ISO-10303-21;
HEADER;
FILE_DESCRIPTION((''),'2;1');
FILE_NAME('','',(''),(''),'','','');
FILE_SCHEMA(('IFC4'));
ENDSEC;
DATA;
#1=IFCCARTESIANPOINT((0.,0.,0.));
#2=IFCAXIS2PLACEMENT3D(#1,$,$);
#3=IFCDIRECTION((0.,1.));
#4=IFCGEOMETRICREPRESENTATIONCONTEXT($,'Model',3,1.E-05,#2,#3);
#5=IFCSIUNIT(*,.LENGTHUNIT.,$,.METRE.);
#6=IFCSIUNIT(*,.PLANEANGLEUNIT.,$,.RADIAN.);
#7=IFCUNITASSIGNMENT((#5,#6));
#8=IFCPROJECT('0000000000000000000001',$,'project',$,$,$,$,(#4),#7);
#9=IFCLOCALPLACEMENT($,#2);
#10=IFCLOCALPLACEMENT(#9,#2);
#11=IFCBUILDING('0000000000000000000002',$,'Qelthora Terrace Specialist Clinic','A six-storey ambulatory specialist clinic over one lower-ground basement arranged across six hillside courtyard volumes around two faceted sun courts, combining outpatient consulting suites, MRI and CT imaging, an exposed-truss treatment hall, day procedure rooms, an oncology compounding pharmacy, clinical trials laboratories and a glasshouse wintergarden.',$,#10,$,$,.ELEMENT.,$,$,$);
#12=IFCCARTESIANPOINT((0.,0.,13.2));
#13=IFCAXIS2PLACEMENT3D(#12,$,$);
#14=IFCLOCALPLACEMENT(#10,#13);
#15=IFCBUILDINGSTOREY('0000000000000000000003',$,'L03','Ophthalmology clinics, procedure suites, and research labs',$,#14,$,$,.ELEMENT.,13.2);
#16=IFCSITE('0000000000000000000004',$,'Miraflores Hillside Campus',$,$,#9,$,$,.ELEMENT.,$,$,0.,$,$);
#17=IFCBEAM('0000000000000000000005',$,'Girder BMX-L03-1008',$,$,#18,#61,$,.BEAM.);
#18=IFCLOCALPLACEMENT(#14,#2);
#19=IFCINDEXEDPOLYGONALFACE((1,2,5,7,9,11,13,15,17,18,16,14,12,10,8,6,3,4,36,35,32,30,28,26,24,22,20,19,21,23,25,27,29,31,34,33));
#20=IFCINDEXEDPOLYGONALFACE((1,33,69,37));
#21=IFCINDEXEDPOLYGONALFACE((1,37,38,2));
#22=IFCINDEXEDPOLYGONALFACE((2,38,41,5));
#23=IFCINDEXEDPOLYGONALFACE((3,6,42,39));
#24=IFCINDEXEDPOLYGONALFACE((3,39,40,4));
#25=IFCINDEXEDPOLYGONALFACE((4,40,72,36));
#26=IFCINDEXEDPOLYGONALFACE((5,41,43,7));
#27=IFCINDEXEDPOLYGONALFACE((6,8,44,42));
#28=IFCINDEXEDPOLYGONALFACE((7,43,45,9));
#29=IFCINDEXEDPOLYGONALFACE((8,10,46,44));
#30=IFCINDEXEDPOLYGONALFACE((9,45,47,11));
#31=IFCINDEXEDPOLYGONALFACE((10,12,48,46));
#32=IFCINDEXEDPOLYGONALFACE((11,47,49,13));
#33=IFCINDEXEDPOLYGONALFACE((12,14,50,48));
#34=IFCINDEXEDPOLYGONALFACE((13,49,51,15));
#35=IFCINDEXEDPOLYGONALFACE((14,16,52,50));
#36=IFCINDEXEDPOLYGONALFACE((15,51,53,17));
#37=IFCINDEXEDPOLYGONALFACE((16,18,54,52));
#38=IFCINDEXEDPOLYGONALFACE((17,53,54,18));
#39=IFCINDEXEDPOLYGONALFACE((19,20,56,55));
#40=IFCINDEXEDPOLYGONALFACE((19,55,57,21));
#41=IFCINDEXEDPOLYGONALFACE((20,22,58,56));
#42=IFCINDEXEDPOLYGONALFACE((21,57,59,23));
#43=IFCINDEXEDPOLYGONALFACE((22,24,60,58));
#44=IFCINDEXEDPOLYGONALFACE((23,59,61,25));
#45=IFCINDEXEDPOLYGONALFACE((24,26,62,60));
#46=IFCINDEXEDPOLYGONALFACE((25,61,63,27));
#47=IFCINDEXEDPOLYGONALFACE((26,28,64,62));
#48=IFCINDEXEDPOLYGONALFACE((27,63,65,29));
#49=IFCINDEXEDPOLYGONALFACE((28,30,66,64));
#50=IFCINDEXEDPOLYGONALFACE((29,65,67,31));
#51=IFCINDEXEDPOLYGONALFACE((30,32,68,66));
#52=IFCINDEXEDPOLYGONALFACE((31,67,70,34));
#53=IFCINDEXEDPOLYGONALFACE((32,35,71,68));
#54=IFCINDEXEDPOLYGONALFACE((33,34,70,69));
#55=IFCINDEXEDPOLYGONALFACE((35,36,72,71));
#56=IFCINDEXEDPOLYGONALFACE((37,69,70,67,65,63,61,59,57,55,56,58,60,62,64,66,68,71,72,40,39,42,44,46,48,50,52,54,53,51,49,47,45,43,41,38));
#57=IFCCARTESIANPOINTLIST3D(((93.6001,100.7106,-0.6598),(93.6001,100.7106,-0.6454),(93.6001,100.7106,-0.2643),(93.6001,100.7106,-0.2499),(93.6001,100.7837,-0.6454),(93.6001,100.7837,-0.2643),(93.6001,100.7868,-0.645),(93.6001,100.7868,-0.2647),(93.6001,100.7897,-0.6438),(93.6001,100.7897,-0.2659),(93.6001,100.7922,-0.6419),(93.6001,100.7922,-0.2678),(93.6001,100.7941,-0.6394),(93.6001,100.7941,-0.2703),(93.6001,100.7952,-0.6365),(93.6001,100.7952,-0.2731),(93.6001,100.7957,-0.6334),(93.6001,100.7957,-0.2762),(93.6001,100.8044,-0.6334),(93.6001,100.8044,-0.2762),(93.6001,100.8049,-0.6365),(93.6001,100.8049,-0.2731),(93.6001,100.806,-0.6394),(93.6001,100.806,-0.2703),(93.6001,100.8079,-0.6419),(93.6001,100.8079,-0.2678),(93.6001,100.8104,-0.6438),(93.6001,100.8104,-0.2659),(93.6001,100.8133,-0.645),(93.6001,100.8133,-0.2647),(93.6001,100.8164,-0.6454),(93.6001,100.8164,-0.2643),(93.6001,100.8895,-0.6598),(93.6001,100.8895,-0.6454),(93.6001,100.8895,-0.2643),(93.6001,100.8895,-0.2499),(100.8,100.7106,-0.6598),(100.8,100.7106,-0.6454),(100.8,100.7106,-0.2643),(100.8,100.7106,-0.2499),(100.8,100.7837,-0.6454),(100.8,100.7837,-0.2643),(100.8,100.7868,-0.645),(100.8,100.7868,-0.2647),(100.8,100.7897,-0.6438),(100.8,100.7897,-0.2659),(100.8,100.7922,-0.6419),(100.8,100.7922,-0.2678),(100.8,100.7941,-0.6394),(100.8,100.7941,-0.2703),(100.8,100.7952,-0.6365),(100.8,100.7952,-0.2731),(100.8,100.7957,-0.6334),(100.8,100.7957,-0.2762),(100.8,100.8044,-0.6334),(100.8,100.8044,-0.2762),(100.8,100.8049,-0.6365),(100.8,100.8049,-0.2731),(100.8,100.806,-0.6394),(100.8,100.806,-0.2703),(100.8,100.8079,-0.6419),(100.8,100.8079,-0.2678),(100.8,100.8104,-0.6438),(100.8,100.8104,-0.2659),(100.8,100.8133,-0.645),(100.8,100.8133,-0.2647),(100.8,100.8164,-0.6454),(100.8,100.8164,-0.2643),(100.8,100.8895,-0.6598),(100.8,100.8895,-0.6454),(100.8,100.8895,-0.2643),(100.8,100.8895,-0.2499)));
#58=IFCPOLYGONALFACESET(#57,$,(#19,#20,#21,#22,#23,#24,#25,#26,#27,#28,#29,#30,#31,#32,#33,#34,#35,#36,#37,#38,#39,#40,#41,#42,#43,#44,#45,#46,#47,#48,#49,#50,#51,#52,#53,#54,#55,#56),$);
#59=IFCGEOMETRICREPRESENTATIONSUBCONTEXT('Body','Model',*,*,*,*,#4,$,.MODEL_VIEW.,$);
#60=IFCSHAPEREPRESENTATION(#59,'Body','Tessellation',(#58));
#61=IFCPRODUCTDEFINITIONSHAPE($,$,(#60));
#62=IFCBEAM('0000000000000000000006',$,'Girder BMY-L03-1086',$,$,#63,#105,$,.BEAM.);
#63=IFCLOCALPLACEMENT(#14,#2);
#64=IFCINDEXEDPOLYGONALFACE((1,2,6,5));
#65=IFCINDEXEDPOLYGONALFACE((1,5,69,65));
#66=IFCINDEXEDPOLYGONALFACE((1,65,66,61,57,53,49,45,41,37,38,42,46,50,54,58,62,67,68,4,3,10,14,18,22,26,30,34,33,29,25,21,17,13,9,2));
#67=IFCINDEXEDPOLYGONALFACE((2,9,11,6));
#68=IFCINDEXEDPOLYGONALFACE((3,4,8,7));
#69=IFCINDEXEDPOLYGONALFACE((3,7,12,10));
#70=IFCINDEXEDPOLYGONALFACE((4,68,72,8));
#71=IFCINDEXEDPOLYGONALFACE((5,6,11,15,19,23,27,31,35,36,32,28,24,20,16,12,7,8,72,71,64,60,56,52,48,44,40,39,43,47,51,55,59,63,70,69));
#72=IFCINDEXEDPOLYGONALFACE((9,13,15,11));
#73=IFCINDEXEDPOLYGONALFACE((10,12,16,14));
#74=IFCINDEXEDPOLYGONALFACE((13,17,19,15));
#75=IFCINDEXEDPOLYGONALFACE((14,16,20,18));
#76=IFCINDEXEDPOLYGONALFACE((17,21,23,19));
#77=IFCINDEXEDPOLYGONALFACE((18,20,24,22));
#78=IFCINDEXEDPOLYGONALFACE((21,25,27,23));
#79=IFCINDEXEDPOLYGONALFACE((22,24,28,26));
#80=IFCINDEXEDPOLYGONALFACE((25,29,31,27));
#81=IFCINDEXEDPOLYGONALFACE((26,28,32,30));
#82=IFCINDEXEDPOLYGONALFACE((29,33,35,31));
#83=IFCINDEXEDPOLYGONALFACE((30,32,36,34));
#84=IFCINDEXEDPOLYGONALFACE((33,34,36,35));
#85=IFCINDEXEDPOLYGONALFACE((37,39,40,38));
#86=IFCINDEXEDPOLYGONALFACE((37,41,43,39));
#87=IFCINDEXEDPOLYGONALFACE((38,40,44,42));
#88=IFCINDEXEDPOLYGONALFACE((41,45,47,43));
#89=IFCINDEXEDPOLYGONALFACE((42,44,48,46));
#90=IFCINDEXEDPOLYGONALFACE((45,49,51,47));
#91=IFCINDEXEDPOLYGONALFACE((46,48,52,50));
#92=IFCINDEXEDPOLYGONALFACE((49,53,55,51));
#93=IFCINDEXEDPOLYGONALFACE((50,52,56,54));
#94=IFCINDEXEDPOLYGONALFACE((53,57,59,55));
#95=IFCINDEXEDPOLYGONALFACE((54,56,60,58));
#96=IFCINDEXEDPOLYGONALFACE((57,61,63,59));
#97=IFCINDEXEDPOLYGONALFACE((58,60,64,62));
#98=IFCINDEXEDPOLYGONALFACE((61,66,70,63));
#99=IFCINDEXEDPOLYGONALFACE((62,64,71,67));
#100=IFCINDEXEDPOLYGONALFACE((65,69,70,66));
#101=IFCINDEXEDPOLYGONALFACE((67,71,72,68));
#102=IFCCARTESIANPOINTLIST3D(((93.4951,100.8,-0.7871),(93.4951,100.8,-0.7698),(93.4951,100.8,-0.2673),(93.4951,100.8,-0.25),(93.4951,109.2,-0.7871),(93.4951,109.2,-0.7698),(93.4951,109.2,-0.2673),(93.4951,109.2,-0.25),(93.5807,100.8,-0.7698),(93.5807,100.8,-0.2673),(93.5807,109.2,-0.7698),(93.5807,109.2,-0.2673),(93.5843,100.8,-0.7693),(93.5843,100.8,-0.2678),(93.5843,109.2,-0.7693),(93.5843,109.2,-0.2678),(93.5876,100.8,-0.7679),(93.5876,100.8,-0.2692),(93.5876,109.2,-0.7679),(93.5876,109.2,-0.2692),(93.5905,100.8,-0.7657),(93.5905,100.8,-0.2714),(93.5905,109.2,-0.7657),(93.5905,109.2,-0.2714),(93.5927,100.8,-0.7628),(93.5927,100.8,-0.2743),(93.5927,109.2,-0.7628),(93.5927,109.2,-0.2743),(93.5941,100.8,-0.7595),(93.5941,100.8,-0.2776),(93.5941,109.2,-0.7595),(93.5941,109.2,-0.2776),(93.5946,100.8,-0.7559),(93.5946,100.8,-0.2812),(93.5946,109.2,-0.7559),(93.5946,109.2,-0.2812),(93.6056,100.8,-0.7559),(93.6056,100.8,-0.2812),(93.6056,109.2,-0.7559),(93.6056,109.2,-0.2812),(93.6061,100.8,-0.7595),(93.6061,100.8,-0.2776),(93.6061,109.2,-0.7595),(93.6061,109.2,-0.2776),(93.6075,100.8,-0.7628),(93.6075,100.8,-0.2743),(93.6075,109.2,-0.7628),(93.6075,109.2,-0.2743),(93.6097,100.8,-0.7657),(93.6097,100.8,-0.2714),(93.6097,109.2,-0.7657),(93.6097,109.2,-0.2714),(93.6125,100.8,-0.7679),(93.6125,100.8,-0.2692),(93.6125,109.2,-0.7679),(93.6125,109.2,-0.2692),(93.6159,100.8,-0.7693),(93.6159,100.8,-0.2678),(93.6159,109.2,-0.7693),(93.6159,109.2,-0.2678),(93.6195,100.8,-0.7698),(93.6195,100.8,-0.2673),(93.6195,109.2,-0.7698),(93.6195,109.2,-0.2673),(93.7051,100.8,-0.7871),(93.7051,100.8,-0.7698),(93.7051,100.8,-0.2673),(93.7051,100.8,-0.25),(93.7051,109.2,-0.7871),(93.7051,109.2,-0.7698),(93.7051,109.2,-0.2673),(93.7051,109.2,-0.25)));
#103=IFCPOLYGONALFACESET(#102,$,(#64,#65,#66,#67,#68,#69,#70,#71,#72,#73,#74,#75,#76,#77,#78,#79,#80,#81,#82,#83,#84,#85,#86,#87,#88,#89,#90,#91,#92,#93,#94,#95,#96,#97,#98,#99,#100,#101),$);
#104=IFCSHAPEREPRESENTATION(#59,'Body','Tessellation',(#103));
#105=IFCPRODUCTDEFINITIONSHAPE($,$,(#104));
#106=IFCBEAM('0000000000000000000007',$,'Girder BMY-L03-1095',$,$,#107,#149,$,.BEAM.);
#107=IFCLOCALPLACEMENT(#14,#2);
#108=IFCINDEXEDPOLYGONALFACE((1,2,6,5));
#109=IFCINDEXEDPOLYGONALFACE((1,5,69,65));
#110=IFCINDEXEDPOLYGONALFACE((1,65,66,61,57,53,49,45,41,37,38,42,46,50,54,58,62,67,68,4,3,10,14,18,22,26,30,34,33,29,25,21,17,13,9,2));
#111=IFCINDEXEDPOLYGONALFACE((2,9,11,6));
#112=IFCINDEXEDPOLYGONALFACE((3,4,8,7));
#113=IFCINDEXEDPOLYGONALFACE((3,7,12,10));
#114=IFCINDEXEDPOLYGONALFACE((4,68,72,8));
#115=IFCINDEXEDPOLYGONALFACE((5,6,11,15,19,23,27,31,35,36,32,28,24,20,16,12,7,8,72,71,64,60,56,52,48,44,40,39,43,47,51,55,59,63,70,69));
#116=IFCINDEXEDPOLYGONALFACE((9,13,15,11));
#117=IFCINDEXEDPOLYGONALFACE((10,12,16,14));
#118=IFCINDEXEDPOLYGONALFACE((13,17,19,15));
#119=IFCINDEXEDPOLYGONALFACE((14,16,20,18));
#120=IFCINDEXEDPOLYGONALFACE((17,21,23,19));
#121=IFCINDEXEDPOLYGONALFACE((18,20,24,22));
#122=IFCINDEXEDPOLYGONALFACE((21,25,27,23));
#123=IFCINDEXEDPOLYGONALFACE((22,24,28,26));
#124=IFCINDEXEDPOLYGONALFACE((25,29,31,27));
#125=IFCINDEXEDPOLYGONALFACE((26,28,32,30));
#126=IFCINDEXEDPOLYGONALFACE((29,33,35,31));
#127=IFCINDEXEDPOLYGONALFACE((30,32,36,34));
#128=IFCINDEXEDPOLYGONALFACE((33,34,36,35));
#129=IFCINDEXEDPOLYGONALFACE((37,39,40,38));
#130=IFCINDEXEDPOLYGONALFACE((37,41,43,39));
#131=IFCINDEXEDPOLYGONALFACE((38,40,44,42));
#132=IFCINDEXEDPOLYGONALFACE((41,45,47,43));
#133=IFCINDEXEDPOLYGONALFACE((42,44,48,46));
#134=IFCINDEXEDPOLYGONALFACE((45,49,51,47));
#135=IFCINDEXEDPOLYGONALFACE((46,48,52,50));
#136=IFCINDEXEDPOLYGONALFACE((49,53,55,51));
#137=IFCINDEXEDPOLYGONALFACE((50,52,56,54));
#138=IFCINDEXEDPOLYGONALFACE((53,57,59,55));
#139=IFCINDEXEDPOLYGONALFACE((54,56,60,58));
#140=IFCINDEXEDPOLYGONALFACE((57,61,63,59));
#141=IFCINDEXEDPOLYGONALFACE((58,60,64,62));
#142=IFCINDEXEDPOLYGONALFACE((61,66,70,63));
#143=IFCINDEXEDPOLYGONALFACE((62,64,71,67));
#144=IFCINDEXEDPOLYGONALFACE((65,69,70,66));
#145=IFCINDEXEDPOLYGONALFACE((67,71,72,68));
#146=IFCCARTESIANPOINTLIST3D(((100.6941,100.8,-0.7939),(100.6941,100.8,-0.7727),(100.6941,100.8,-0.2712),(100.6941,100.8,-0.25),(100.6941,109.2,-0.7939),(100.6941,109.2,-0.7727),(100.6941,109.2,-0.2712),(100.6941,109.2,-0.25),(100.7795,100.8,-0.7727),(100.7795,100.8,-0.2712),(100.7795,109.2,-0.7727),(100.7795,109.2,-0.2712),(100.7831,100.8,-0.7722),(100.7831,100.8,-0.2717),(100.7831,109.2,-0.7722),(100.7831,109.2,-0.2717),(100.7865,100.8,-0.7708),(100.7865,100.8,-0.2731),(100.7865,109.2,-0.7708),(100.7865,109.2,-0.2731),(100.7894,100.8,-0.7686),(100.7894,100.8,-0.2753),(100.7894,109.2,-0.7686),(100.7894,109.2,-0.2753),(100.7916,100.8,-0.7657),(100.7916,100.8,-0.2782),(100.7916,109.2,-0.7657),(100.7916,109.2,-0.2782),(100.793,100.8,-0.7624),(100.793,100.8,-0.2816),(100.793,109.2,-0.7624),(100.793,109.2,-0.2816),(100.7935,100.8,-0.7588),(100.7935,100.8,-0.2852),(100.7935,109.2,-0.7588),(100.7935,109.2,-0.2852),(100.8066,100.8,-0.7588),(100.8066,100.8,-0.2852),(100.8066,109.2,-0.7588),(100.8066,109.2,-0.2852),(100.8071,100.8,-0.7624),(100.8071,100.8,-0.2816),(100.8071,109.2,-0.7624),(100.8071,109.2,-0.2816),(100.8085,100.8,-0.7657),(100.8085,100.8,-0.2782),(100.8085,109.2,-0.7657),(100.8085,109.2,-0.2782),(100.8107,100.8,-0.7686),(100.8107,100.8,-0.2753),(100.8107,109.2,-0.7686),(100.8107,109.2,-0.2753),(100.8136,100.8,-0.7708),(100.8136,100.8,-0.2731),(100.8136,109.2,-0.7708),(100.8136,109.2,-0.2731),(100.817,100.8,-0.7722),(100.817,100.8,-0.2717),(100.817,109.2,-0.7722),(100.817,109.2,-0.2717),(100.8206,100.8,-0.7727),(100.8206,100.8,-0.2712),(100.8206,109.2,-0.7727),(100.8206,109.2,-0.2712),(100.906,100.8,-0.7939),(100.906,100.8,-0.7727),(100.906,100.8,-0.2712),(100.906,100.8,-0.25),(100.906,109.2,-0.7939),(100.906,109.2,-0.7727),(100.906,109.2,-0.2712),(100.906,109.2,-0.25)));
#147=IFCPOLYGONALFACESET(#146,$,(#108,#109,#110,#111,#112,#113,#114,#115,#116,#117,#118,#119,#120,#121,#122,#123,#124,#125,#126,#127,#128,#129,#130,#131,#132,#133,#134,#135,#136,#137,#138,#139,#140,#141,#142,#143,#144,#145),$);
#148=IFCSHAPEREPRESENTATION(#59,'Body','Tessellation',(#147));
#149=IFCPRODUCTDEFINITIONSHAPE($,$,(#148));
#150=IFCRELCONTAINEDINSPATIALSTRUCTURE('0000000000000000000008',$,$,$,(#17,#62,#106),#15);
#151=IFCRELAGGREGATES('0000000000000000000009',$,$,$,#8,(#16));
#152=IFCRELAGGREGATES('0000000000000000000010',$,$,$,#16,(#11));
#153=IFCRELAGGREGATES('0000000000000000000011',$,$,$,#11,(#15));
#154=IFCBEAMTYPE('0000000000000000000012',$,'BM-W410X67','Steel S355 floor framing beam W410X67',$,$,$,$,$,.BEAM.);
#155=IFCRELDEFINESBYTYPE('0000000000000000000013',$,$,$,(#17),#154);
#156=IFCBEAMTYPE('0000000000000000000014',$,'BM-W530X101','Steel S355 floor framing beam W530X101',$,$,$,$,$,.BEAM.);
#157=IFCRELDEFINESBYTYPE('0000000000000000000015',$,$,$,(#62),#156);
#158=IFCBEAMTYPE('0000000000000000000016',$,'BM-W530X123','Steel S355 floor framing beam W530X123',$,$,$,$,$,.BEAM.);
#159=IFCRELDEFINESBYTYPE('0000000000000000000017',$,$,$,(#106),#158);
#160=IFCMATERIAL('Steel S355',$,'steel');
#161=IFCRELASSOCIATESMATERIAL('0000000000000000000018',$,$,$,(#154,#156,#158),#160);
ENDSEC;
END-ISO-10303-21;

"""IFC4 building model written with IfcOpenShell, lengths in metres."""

from ifc_helpers import new_model, si_unit, direction, frame, origin, origin_2d, place, context, subcontext, project, spatial, i_section, extrude, material, material_profile, profile_set, type_object, element, save


model = new_model("IFC4")

# Units and contexts
model_context = context("Model", 3, precision=1e-05, world=origin(), true_north=direction((0.0, 1.0)))
body_context = subcontext(model_context, "Body", "Model", "MODEL_VIEW")
ifc_project = project(units=[si_unit("LENGTHUNIT", "METRE"), si_unit("PLANEANGLEUNIT", "RADIAN")], contexts=[model_context])

# Site, building, storey
site_placement = place(None, origin())
site = spatial("IfcSite", under=ifc_project, at=site_placement, Name="Miraflores Hillside Campus", CompositionType="ELEMENT", RefElevation=0.0)
building_placement = place(site_placement, origin())
building = spatial("IfcBuilding", under=site, at=building_placement, Name="Qelthora Terrace Specialist Clinic", Description="A six-storey ambulatory specialist clinic over one lower-ground basement arranged across six hillside courtyard volumes around two faceted sun courts, combining outpatient consulting suites, MRI and CT imaging, an exposed-truss treatment hall, day procedure rooms, an oncology compounding pharmacy, clinical trials laboratories and a glasshouse wintergarden.", CompositionType="ELEMENT")
storey_placement = place(building_placement, frame((0.0, 0.0, 13.2)))
storey = spatial("IfcBuildingStorey", under=building, at=storey_placement, Name="L03", Description="Ophthalmology clinics, procedure suites, and research labs", CompositionType="ELEMENT", Elevation=13.2)

# Shared definitions
ifc_material_1 = material(Name="Steel S355", Category="steel")

# Beams
ifc_material_profile_1 = material_profile(ifc_material_1, i_section(OverallWidth=0.179, OverallDepth=0.4099, WebThickness=0.0088, FlangeThickness=0.0144, FilletRadius=0.012, at=origin_2d()), Name="W410X67")
ifc_profile_set_1 = profile_set([ifc_material_profile_1], Name="Steel S355")
beam_type_1 = type_object("IfcBeamType", Name="BM-W410X67", Description="Steel S355 floor framing beam W410X67", PredefinedType="BEAM", material=ifc_profile_set_1)
beam_1_placement = place(storey_placement, frame((93.6001, 100.8, -0.4548), z_axis=(1.0, 0.0, 0.0), x_axis=(0.0, 1.0, 0.0)))
element("IfcBeam", 1, at=beam_1_placement, inside=storey, type_object=beam_type_1, Name="Girder BMX-L03-1008", PredefinedType="BEAM", context=body_context, shape_type="SweptSolid", body=[
    extrude(i_section(OverallWidth=0.179, OverallDepth=0.4099, WebThickness=0.0088, FlangeThickness=0.0144, FilletRadius=0.012, at=origin_2d()), origin(), (0.0, 0.0, 1.0), 7.2),
])
ifc_material_profile_2 = material_profile(ifc_material_1, i_section(OverallWidth=0.21, OverallDepth=0.5371, WebThickness=0.011, FlangeThickness=0.0173, FilletRadius=0.0139, at=origin_2d()), Name="W530X101")
ifc_profile_set_2 = profile_set([ifc_material_profile_2], Name="Steel S355")
beam_type_2 = type_object("IfcBeamType", Name="BM-W530X101", Description="Steel S355 floor framing beam W530X101", PredefinedType="BEAM", material=ifc_profile_set_2)
beam_2_placement = place(storey_placement, frame((93.6001, 100.8, -0.5186), z_axis=(0.0, 1.0, 0.0), x_axis=(-1.0, 0.0, 0.0)))
element("IfcBeam", 2, at=beam_2_placement, inside=storey, type_object=beam_type_2, Name="Girder BMY-L03-1086", PredefinedType="BEAM", context=body_context, shape_type="SweptSolid", body=[
    extrude(i_section(OverallWidth=0.21, OverallDepth=0.5371, WebThickness=0.011, FlangeThickness=0.0173, FilletRadius=0.0139, at=origin_2d()), origin(), (0.0, 0.0, 1.0), 8.3999),
])
ifc_material_profile_3 = material_profile(ifc_material_1, i_section(OverallWidth=0.2119, OverallDepth=0.5439, WebThickness=0.0132, FlangeThickness=0.0212, FilletRadius=0.0139, at=origin_2d()), Name="W530X123")
ifc_profile_set_3 = profile_set([ifc_material_profile_3], Name="Steel S355")
beam_type_3 = type_object("IfcBeamType", Name="BM-W530X123", Description="Steel S355 floor framing beam W530X123", PredefinedType="BEAM", material=ifc_profile_set_3)
beam_3_placement = place(storey_placement, frame((100.8, 100.8, -0.522), z_axis=(0.0, 1.0, 0.0), x_axis=(-1.0, 0.0, 0.0)))
element("IfcBeam", 3, at=beam_3_placement, inside=storey, type_object=beam_type_3, Name="Girder BMY-L03-1095", PredefinedType="BEAM", context=body_context, shape_type="SweptSolid", body=[
    extrude(i_section(OverallWidth=0.2119, OverallDepth=0.5439, WebThickness=0.0132, FlangeThickness=0.0212, FilletRadius=0.0139, at=origin_2d()), origin(), (0.0, 0.0, 1.0), 8.3999),
])

save(model, "model.ifc")
